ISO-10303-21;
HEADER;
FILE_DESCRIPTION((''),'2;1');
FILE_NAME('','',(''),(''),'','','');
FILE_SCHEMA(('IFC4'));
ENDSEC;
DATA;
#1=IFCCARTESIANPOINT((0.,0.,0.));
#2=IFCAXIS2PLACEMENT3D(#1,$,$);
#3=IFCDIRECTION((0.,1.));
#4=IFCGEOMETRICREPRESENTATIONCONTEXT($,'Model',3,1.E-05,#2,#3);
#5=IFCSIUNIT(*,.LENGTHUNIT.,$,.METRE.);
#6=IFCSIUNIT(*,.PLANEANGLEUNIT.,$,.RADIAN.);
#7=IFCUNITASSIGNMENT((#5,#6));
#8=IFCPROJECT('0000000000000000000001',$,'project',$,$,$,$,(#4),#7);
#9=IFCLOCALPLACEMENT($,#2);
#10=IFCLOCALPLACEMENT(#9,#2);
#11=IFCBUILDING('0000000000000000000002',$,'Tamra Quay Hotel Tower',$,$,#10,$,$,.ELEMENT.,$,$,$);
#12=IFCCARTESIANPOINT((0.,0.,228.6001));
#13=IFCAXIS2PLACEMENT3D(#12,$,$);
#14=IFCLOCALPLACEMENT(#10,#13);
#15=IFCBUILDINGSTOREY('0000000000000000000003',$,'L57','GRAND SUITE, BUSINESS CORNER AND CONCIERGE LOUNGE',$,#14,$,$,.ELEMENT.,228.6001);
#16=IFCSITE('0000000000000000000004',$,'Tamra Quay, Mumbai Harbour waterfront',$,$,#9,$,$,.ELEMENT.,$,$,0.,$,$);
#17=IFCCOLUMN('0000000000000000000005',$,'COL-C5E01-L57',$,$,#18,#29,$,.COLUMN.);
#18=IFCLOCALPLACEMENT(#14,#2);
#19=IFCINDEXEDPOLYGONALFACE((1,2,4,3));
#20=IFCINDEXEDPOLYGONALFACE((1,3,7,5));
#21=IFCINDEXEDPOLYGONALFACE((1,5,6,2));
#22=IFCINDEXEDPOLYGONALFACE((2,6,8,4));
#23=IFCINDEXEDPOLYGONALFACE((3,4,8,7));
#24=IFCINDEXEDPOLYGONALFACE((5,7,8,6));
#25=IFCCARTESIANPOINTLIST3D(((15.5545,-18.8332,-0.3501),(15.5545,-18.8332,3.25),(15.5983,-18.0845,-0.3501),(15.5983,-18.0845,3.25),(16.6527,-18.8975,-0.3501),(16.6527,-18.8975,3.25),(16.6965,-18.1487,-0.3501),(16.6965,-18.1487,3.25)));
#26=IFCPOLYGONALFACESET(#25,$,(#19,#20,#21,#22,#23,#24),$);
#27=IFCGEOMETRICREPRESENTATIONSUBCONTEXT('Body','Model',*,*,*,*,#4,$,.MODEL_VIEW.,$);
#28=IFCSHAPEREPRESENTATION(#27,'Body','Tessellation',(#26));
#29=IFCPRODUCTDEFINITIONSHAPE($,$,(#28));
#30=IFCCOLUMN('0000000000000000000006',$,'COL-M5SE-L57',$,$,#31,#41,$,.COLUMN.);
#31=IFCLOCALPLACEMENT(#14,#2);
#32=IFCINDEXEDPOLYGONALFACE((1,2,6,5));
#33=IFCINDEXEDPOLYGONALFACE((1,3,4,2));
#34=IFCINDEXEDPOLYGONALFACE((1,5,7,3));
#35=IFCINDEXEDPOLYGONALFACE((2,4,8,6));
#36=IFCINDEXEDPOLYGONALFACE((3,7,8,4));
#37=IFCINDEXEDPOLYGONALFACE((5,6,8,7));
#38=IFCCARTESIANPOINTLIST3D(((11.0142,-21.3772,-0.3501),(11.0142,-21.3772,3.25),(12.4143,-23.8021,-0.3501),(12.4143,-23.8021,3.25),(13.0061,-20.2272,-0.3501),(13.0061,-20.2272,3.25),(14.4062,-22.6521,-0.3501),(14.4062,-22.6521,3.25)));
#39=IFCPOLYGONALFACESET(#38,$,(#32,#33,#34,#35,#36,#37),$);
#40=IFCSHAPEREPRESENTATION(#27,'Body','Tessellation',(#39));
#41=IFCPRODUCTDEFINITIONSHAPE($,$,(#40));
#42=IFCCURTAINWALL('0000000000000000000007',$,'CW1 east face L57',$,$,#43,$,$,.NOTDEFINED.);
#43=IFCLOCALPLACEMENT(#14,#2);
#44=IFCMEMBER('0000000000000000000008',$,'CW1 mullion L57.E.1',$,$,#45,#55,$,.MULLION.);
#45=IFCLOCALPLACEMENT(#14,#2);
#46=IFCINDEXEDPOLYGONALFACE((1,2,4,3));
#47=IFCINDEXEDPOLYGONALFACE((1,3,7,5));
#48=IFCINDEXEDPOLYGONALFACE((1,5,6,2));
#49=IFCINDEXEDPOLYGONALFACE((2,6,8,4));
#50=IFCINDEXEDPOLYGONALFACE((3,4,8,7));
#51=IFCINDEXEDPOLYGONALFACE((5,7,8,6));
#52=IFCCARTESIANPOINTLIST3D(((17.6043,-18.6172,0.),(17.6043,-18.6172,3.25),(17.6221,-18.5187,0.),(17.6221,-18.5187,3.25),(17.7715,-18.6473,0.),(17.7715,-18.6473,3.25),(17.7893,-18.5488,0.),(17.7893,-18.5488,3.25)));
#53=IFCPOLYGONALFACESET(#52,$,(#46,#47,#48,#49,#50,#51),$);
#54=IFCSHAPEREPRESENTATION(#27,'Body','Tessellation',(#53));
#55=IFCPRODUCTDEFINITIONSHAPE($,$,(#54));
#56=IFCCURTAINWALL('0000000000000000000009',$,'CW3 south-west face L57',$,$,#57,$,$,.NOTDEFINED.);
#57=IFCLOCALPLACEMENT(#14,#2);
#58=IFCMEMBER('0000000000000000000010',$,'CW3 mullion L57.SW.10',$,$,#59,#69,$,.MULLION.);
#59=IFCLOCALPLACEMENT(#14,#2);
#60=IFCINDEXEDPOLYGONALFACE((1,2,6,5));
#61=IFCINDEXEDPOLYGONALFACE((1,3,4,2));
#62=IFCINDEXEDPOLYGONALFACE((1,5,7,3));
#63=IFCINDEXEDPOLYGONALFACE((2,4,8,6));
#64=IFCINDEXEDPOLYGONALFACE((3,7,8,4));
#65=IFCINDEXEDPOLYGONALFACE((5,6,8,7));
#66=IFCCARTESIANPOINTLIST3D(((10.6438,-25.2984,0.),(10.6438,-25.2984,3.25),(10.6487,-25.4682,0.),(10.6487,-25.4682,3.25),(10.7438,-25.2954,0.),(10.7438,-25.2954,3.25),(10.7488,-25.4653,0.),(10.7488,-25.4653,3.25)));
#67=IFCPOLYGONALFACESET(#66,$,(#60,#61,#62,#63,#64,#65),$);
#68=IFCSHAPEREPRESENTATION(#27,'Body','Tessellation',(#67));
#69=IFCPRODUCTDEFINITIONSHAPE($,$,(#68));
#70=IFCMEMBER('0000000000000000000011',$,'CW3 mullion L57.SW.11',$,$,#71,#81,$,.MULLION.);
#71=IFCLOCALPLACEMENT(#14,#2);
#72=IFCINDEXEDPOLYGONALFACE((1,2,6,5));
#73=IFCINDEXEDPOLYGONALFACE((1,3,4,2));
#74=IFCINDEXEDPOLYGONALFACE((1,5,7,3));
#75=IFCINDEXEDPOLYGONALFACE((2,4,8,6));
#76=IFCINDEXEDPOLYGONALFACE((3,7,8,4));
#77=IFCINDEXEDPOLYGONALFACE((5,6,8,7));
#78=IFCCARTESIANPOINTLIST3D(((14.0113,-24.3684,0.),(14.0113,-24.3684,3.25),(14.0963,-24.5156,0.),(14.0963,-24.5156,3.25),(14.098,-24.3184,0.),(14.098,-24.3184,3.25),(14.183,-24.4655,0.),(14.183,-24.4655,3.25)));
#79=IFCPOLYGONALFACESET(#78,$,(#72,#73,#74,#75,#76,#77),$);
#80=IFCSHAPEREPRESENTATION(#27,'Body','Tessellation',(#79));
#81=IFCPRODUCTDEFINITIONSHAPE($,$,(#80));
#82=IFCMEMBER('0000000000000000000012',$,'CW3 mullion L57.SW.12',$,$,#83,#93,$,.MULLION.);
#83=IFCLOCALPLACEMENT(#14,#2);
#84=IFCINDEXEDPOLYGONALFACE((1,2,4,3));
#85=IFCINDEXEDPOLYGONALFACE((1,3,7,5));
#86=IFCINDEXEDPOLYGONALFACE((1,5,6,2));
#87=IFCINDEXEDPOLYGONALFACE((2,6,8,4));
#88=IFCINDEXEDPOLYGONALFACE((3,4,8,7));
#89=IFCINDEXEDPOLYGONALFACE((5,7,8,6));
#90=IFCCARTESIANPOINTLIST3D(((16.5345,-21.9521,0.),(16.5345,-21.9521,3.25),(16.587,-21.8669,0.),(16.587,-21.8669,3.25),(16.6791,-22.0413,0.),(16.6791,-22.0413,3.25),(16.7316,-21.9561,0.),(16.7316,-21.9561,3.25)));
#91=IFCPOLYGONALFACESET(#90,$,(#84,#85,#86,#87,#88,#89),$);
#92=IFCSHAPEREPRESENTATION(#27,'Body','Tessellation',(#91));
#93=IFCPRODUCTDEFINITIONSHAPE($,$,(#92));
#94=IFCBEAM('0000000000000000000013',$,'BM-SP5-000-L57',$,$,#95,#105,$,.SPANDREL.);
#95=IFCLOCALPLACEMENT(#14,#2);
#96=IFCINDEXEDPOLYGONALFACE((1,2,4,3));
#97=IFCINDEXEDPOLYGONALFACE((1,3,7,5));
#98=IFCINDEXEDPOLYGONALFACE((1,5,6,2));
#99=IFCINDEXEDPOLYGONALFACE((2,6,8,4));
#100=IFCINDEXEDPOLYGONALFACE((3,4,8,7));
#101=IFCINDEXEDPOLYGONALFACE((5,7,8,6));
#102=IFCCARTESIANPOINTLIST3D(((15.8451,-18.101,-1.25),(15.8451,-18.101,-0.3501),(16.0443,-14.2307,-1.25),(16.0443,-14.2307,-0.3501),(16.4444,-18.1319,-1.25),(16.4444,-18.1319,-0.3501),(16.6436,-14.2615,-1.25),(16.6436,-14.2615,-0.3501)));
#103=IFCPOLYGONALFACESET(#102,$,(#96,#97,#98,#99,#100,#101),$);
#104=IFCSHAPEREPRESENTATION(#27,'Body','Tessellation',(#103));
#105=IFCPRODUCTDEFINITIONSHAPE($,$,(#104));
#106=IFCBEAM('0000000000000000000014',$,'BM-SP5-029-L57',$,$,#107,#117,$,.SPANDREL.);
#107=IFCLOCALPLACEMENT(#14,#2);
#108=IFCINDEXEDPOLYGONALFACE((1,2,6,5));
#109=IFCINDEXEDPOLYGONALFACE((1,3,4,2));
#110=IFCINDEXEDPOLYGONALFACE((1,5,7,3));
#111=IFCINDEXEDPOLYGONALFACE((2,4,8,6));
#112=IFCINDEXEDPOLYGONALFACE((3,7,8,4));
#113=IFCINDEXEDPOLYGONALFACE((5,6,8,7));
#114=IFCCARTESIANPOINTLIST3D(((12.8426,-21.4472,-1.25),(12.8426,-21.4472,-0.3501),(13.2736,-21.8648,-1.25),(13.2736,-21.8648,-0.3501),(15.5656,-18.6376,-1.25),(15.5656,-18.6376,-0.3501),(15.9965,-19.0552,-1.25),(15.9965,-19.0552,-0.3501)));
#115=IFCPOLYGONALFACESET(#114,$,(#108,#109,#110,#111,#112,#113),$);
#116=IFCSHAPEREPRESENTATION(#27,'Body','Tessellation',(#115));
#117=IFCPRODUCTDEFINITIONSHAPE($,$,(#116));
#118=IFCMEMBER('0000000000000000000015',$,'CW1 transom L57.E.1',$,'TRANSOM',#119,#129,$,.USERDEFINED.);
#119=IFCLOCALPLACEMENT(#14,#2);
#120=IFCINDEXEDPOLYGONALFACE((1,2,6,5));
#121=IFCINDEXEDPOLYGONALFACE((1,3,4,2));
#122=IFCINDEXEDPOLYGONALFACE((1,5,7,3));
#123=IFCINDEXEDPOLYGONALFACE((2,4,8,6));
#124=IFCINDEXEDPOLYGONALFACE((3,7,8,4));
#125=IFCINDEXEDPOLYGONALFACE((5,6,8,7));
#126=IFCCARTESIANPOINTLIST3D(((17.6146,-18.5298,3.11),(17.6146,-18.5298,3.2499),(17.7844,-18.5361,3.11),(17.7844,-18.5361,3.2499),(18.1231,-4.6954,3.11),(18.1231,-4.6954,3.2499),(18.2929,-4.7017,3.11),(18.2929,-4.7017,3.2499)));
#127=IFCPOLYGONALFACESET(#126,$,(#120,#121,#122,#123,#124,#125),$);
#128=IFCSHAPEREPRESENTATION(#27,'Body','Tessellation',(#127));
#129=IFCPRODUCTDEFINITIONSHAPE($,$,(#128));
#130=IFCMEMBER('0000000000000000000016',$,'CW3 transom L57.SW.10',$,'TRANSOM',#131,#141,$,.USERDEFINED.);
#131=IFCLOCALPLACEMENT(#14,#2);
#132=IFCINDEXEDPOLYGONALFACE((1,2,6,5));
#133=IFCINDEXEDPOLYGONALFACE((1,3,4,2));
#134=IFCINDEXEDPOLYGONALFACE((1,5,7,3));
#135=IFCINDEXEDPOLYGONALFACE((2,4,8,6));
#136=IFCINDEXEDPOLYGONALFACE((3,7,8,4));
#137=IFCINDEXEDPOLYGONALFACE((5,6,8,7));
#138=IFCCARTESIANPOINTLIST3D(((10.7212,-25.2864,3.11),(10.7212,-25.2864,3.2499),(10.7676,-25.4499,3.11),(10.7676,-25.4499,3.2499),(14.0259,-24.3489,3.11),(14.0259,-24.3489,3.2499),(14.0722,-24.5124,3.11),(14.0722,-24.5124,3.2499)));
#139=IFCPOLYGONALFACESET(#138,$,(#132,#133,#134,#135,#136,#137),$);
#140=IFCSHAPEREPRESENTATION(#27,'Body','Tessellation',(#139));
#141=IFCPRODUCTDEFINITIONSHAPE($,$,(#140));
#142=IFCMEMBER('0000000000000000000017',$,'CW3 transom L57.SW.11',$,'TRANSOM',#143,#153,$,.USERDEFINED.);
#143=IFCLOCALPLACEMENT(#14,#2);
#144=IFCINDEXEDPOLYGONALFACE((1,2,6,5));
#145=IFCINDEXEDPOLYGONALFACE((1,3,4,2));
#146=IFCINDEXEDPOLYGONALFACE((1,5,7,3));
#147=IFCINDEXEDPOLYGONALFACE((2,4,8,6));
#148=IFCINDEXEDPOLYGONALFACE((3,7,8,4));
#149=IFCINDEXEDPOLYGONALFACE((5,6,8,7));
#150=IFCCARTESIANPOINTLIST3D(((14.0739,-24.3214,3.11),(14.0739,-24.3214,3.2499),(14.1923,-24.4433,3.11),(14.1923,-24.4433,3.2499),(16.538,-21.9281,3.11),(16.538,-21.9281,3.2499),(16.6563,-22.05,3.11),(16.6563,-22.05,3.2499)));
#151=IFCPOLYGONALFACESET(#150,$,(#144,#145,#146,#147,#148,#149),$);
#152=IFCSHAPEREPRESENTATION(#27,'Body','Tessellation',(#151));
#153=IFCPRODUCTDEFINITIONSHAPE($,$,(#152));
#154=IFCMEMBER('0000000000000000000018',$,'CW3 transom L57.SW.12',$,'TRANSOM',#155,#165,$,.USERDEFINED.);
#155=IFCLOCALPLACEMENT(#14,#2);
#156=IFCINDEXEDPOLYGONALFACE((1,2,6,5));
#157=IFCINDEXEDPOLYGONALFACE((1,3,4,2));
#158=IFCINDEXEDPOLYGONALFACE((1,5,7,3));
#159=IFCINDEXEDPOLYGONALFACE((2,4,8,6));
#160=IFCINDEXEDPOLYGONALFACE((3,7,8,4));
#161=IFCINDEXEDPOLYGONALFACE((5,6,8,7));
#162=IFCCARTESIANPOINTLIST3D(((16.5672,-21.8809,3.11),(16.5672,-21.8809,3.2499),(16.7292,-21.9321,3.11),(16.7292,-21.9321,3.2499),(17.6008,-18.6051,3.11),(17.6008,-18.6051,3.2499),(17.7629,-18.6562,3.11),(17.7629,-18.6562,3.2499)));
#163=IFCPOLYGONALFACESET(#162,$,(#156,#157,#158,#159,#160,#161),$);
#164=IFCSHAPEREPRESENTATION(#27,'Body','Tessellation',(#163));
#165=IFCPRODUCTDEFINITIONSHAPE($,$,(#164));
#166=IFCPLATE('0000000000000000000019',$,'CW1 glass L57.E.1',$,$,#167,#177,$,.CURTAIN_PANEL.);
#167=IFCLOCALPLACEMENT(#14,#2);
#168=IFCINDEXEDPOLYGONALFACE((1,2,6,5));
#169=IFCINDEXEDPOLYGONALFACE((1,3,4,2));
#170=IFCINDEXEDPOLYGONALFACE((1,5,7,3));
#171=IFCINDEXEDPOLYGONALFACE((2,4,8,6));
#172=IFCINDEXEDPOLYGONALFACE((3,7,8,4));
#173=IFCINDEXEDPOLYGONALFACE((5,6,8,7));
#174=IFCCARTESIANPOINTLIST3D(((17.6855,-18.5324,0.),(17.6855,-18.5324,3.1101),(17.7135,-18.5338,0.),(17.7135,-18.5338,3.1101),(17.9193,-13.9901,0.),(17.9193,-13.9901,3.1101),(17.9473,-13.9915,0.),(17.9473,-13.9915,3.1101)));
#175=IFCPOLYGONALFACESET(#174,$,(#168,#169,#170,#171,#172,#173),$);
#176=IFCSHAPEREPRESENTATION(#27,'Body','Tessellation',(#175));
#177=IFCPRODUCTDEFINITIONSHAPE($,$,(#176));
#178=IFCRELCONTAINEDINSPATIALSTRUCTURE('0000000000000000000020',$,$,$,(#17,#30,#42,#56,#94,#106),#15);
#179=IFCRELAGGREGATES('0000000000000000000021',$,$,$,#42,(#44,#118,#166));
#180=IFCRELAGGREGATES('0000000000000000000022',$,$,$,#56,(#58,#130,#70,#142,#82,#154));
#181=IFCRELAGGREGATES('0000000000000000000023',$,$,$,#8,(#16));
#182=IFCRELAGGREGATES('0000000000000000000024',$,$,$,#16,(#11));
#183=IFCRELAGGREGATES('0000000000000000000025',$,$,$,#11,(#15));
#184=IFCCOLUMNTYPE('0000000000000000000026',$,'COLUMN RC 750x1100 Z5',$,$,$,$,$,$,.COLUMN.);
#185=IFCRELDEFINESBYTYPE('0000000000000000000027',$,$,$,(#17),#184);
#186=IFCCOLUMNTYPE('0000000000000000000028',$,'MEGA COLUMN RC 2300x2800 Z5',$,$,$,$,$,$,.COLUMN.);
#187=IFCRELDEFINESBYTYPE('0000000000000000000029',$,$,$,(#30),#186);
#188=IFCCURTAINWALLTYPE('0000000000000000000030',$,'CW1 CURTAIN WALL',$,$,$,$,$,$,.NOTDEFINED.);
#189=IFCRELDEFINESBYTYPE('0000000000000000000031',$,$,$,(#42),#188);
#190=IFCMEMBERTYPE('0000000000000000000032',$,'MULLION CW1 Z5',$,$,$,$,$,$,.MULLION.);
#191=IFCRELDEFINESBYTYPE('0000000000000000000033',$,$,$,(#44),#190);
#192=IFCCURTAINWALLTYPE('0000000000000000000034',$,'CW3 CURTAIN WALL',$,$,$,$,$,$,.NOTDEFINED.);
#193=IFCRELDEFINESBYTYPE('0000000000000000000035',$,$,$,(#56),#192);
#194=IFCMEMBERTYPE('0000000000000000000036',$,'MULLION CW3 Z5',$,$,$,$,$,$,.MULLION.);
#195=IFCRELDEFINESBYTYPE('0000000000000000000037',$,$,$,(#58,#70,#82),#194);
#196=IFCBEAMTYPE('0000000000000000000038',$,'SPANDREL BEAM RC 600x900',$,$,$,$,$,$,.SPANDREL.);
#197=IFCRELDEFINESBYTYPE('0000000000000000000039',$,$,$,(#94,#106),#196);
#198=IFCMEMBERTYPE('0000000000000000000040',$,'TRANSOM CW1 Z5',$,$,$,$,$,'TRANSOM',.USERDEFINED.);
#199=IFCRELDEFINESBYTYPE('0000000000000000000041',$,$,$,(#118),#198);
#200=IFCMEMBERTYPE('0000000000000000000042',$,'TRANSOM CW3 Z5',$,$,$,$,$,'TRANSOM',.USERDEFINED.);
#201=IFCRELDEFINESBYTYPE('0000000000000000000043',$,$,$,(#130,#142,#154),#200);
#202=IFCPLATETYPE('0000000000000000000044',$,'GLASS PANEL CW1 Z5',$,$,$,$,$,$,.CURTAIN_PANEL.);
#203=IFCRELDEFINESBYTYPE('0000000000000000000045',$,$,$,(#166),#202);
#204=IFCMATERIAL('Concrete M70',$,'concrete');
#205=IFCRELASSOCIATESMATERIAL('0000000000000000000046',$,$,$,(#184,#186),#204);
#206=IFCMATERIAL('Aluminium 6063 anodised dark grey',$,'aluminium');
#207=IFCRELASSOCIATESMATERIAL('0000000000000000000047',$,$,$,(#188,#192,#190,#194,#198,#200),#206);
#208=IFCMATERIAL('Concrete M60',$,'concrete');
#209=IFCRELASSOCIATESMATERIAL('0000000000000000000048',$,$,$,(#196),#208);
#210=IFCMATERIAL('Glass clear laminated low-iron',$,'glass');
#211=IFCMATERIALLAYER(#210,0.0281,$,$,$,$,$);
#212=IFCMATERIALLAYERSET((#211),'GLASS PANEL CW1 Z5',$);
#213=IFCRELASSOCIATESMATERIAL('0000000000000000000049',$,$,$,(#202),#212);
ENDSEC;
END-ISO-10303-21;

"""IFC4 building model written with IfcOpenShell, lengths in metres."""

from ifc_helpers import new_model, si_unit, direction, frame, origin, origin_2d, place, context, subcontext, project, spatial, rectangle, extrude, material, layer, layer_set, material_profile, profile_set, type_object, element, aggregate, save


model = new_model("IFC4")

# Units and contexts
model_context = context("Model", 3, precision=1e-05, world=origin(), true_north=direction((0.0, 1.0)))
body_context = subcontext(model_context, "Body", "Model", "MODEL_VIEW")
ifc_project = project(units=[si_unit("LENGTHUNIT", "METRE"), si_unit("PLANEANGLEUNIT", "RADIAN")], contexts=[model_context])

# Site, building, storey
site_placement = place(None, origin())
site = spatial("IfcSite", under=ifc_project, at=site_placement, Name="Tamra Quay, Mumbai Harbour waterfront", CompositionType="ELEMENT", RefElevation=0.0)
building_placement = place(site_placement, origin())
building = spatial("IfcBuilding", under=site, at=building_placement, Name="Tamra Quay Hotel Tower", CompositionType="ELEMENT")
storey_placement = place(building_placement, frame((0.0, 0.0, 228.6001)))
storey = spatial("IfcBuildingStorey", under=building, at=storey_placement, Name="L57", Description="GRAND SUITE, BUSINESS CORNER AND CONCIERGE LOUNGE", CompositionType="ELEMENT", Elevation=228.6001)

# Columns
ifc_material_1 = material(Name="Concrete M70", Category="concrete")
ifc_material_profile_1 = material_profile(ifc_material_1, rectangle(XDim=1.1001, YDim=0.75, at=origin_2d()), Name="COLUMN RC 750x1100 Z5")
ifc_profile_set_1 = profile_set([ifc_material_profile_1], Name="Concrete M70")
column_type_1 = type_object("IfcColumnType", Name="COLUMN RC 750x1100 Z5", PredefinedType="COLUMN", material=ifc_profile_set_1)
column_1_placement = place(storey_placement, frame((16.1255, -18.491, -0.3501), z_axis=(0.0, 0.0, 1.0), x_axis=(-0.998292, 0.05842, 0.0)))
element("IfcColumn", 1, at=column_1_placement, inside=storey, type_object=column_type_1, Name="COL-C5E01-L57", PredefinedType="COLUMN", context=body_context, shape_type="SweptSolid", body=[
    extrude(rectangle(XDim=1.1001, YDim=0.75, at=origin_2d()), origin(), (0.0, 0.0, 1.0), 3.6001),
])
ifc_material_profile_2 = material_profile(ifc_material_1, rectangle(XDim=2.8, YDim=2.3, at=origin_2d()), Name="MEGA COLUMN RC 2300x2800 Z5")
ifc_profile_set_2 = profile_set([ifc_material_profile_2], Name="Concrete M70")
column_type_2 = type_object("IfcColumnType", Name="MEGA COLUMN RC 2300x2800 Z5", PredefinedType="COLUMN", material=ifc_profile_set_2)
column_2_placement = place(storey_placement, frame((12.7102, -22.0146, -0.3501), z_axis=(0.0, 0.0, 1.0), x_axis=(-0.5, 0.866025, 0.0)))
element("IfcColumn", 2, at=column_2_placement, inside=storey, type_object=column_type_2, Name="COL-M5SE-L57", PredefinedType="COLUMN", context=body_context, shape_type="SweptSolid", body=[
    extrude(rectangle(XDim=2.8, YDim=2.3, at=origin_2d()), origin(), (0.0, 0.0, 1.0), 3.6001),
])

# Curtain wall, member
ifc_material_2 = material(Name="Aluminium 6063 anodised dark grey", Category="aluminium")
curtain_wall_type_1 = type_object("IfcCurtainWallType", Name="CW1 CURTAIN WALL", PredefinedType="NOTDEFINED", material=ifc_material_2)
curtain_wall_1_placement = place(storey_placement, origin())
curtain_wall_1 = element("IfcCurtainWall", 3, at=curtain_wall_1_placement, inside=storey, type_object=curtain_wall_type_1, Name="CW1 east face L57", PredefinedType="NOTDEFINED")
ifc_material_profile_3 = material_profile(ifc_material_2, rectangle(XDim=0.1699, YDim=0.1001, at=origin_2d()), Name="MULLION 100X170")
ifc_profile_set_3 = profile_set([ifc_material_profile_3], Name="Aluminium 6063 anodised dark grey")
member_type_1 = type_object("IfcMemberType", Name="MULLION CW1 Z5", PredefinedType="MULLION", material=ifc_profile_set_3)
member_1_placement = place(storey_placement, frame((17.6968, -18.583, 0.0), z_axis=(0.0, 0.0, 1.0), x_axis=(0.984105, -0.177586, 0.0)))
member_1 = element("IfcMember", 4, at=member_1_placement, type_object=member_type_1, Name="CW1 mullion L57.E.1", PredefinedType="MULLION", context=body_context, shape_type="SweptSolid", body=[
    extrude(rectangle(XDim=0.1699, YDim=0.1001, at=origin_2d()), origin(), (0.0, 0.0, 1.0), 3.25),
])

# Curtain wall, members
curtain_wall_type_2 = type_object("IfcCurtainWallType", Name="CW3 CURTAIN WALL", PredefinedType="NOTDEFINED", material=ifc_material_2)
curtain_wall_2_placement = place(storey_placement, origin())
curtain_wall_2 = element("IfcCurtainWall", 5, at=curtain_wall_2_placement, inside=storey, type_object=curtain_wall_type_2, Name="CW3 south-west face L57", PredefinedType="NOTDEFINED")
ifc_material_profile_4 = material_profile(ifc_material_2, rectangle(XDim=0.1699, YDim=0.1001, at=origin_2d()), Name="MULLION 100X170")
ifc_profile_set_4 = profile_set([ifc_material_profile_4], Name="Aluminium 6063 anodised dark grey")
member_type_2 = type_object("IfcMemberType", Name="MULLION CW3 Z5", PredefinedType="MULLION", material=ifc_profile_set_4)
member_2_placement = place(storey_placement, frame((10.6963, -25.3818, 0.0), z_axis=(0.0, 0.0, 1.0), x_axis=(0.029223, -0.999573, 0.0)))
member_2 = element("IfcMember", 6, at=member_2_placement, type_object=member_type_2, Name="CW3 mullion L57.SW.10", PredefinedType="MULLION", context=body_context, shape_type="SweptSolid", body=[
    extrude(rectangle(XDim=0.1699, YDim=0.1001, at=origin_2d()), origin(), (0.0, 0.0, 1.0), 3.25),
])
member_3_placement = place(storey_placement, frame((14.0972, -24.417, 0.0), z_axis=(0.0, 0.0, 1.0), x_axis=(0.5, -0.866025, 0.0)))
member_3 = element("IfcMember", 7, at=member_3_placement, type_object=member_type_2, Name="CW3 mullion L57.SW.11", PredefinedType="MULLION", context=body_context, shape_type="SweptSolid", body=[
    extrude(rectangle(XDim=0.1699, YDim=0.1001, at=origin_2d()), origin(), (0.0, 0.0, 1.0), 3.25),
])
member_4_placement = place(storey_placement, frame((16.6331, -21.9541, 0.0), z_axis=(0.0, 0.0, 1.0), x_axis=(0.851044, -0.525094, 0.0)))
member_4 = element("IfcMember", 8, at=member_4_placement, type_object=member_type_2, Name="CW3 mullion L57.SW.12", PredefinedType="MULLION", context=body_context, shape_type="SweptSolid", body=[
    extrude(rectangle(XDim=0.1699, YDim=0.1001, at=origin_2d()), origin(), (0.0, 0.0, 1.0), 3.25),
])

# Beams
ifc_material_3 = material(Name="Concrete M60", Category="concrete")
ifc_material_profile_5 = material_profile(ifc_material_3, rectangle(XDim=0.6001, YDim=0.8999, at=origin_2d()), Name="SPANDREL BEAM RC 600x900")
ifc_profile_set_5 = profile_set([ifc_material_profile_5], Name="Concrete M60")
beam_type = type_object("IfcBeamType", Name="SPANDREL BEAM RC 600x900", PredefinedType="SPANDREL", material=ifc_profile_set_5)
beam_1_placement = place(storey_placement, frame((16.1448, -18.1165, -0.8), z_axis=(0.051405, 0.998678, 0.0), x_axis=(-0.998678, 0.051405, 0.0)))
element("IfcBeam", 9, at=beam_1_placement, inside=storey, type_object=beam_type, Name="BM-SP5-000-L57", PredefinedType="SPANDREL", context=body_context, shape_type="SweptSolid", body=[
    extrude(rectangle(XDim=0.6001, YDim=0.8999, at=origin_2d()), origin(), (0.0, 0.0, 1.0), 3.8755),
])
beam_2_placement = place(storey_placement, frame((13.0581, -21.656, -0.8), z_axis=(0.695944, 0.718096, 0.0), x_axis=(-0.718096, 0.695944, 0.0)))
element("IfcBeam", 10, at=beam_2_placement, inside=storey, type_object=beam_type, Name="BM-SP5-029-L57", PredefinedType="SPANDREL", context=body_context, shape_type="SweptSolid", body=[
    extrude(rectangle(XDim=0.6001, YDim=0.8999, at=origin_2d()), origin(), (0.0, 0.0, 1.0), 3.9126),
])

# Members
ifc_material_profile_6 = material_profile(ifc_material_2, rectangle(XDim=0.1699, YDim=0.1399, at=origin_2d()), Name="TRANSOM 170X140")
ifc_profile_set_6 = profile_set([ifc_material_profile_6], Name="Aluminium 6063 anodised dark grey")
member_type_3 = type_object("IfcMemberType", Name="TRANSOM CW1 Z5", ElementType="TRANSOM", PredefinedType="USERDEFINED", material=ifc_profile_set_6)
member_5_placement = place(storey_placement, frame((17.6995, -18.533, 3.1799), z_axis=(0.036734, 0.999325, 0.0), x_axis=(-0.999325, 0.036734, 0.0)))
member_5 = element("IfcMember", 11, at=member_5_placement, type_object=member_type_3, Name="CW1 transom L57.E.1", ObjectType="TRANSOM", PredefinedType="USERDEFINED", context=body_context, shape_type="SweptSolid", body=[
    extrude(rectangle(XDim=0.1699, YDim=0.1399, at=origin_2d()), origin(), (0.0, 0.0, 1.0), 13.8438),
])
ifc_material_profile_7 = material_profile(ifc_material_2, rectangle(XDim=0.1699, YDim=0.1399, at=origin_2d()), Name="TRANSOM 170X140")
ifc_profile_set_7 = profile_set([ifc_material_profile_7], Name="Aluminium 6063 anodised dark grey")
member_type_4 = type_object("IfcMemberType", Name="TRANSOM CW3 Z5", ElementType="TRANSOM", PredefinedType="USERDEFINED", material=ifc_profile_set_7)
member_6_placement = place(storey_placement, frame((10.7444, -25.3682, 3.1799), z_axis=(0.962037, 0.272918, 0.0), x_axis=(-0.272918, 0.962037, 0.0)))
member_6 = element("IfcMember", 12, at=member_6_placement, type_object=member_type_4, Name="CW3 transom L57.SW.10", ObjectType="TRANSOM", PredefinedType="USERDEFINED", context=body_context, shape_type="SweptSolid", body=[
    extrude(rectangle(XDim=0.1699, YDim=0.1399, at=origin_2d()), origin(), (0.0, 0.0, 1.0), 3.4351),
])
member_7_placement = place(storey_placement, frame((14.1331, -24.3823, 3.1799), z_axis=(0.717337, 0.696726, 0.0), x_axis=(-0.696726, 0.717337, 0.0)))
member_7 = element("IfcMember", 13, at=member_7_placement, type_object=member_type_4, Name="CW3 transom L57.SW.11", ObjectType="TRANSOM", PredefinedType="USERDEFINED", context=body_context, shape_type="SweptSolid", body=[
    extrude(rectangle(XDim=0.1699, YDim=0.1399, at=origin_2d()), origin(), (0.0, 0.0, 1.0), 3.4351),
])
member_8_placement = place(storey_placement, frame((16.6482, -21.9065, 3.1799), z_axis=(0.30092, 0.953649, 0.0), x_axis=(-0.953649, 0.30092, 0.0)))
member_8 = element("IfcMember", 14, at=member_8_placement, type_object=member_type_4, Name="CW3 transom L57.SW.12", ObjectType="TRANSOM", PredefinedType="USERDEFINED", context=body_context, shape_type="SweptSolid", body=[
    extrude(rectangle(XDim=0.1699, YDim=0.1399, at=origin_2d()), origin(), (0.0, 0.0, 1.0), 3.4351),
])

# Plate
ifc_material_4 = material(Name="Glass clear laminated low-iron", Category="glass")
ifc_layer_1 = layer(ifc_material_4, 0.0281)
ifc_layer_set_1 = layer_set([ifc_layer_1], Name="GLASS PANEL CW1 Z5")
plate_type_1 = type_object("IfcPlateType", Name="GLASS PANEL CW1 Z5", PredefinedType="CURTAIN_PANEL", material=ifc_layer_set_1)
plate_1_placement = place(storey_placement, frame((17.8164, -16.262, 0.0), z_axis=(0.0, 0.0, 1.0), x_axis=(0.051403, 0.998678, 0.0)))
plate_1 = element("IfcPlate", 15, at=plate_1_placement, type_object=plate_type_1, Name="CW1 glass L57.E.1", PredefinedType="CURTAIN_PANEL", context=body_context, shape_type="SweptSolid", body=[
    extrude(rectangle(XDim=4.5483, YDim=0.0281, at=origin_2d()), origin(), (0.0, 0.0, 1.0), 3.1101),
])
aggregate(curtain_wall_1, [member_1, member_5, plate_1])
aggregate(curtain_wall_2, [member_2, member_6, member_3, member_7, member_4, member_8])

save(model, "model.ifc")
